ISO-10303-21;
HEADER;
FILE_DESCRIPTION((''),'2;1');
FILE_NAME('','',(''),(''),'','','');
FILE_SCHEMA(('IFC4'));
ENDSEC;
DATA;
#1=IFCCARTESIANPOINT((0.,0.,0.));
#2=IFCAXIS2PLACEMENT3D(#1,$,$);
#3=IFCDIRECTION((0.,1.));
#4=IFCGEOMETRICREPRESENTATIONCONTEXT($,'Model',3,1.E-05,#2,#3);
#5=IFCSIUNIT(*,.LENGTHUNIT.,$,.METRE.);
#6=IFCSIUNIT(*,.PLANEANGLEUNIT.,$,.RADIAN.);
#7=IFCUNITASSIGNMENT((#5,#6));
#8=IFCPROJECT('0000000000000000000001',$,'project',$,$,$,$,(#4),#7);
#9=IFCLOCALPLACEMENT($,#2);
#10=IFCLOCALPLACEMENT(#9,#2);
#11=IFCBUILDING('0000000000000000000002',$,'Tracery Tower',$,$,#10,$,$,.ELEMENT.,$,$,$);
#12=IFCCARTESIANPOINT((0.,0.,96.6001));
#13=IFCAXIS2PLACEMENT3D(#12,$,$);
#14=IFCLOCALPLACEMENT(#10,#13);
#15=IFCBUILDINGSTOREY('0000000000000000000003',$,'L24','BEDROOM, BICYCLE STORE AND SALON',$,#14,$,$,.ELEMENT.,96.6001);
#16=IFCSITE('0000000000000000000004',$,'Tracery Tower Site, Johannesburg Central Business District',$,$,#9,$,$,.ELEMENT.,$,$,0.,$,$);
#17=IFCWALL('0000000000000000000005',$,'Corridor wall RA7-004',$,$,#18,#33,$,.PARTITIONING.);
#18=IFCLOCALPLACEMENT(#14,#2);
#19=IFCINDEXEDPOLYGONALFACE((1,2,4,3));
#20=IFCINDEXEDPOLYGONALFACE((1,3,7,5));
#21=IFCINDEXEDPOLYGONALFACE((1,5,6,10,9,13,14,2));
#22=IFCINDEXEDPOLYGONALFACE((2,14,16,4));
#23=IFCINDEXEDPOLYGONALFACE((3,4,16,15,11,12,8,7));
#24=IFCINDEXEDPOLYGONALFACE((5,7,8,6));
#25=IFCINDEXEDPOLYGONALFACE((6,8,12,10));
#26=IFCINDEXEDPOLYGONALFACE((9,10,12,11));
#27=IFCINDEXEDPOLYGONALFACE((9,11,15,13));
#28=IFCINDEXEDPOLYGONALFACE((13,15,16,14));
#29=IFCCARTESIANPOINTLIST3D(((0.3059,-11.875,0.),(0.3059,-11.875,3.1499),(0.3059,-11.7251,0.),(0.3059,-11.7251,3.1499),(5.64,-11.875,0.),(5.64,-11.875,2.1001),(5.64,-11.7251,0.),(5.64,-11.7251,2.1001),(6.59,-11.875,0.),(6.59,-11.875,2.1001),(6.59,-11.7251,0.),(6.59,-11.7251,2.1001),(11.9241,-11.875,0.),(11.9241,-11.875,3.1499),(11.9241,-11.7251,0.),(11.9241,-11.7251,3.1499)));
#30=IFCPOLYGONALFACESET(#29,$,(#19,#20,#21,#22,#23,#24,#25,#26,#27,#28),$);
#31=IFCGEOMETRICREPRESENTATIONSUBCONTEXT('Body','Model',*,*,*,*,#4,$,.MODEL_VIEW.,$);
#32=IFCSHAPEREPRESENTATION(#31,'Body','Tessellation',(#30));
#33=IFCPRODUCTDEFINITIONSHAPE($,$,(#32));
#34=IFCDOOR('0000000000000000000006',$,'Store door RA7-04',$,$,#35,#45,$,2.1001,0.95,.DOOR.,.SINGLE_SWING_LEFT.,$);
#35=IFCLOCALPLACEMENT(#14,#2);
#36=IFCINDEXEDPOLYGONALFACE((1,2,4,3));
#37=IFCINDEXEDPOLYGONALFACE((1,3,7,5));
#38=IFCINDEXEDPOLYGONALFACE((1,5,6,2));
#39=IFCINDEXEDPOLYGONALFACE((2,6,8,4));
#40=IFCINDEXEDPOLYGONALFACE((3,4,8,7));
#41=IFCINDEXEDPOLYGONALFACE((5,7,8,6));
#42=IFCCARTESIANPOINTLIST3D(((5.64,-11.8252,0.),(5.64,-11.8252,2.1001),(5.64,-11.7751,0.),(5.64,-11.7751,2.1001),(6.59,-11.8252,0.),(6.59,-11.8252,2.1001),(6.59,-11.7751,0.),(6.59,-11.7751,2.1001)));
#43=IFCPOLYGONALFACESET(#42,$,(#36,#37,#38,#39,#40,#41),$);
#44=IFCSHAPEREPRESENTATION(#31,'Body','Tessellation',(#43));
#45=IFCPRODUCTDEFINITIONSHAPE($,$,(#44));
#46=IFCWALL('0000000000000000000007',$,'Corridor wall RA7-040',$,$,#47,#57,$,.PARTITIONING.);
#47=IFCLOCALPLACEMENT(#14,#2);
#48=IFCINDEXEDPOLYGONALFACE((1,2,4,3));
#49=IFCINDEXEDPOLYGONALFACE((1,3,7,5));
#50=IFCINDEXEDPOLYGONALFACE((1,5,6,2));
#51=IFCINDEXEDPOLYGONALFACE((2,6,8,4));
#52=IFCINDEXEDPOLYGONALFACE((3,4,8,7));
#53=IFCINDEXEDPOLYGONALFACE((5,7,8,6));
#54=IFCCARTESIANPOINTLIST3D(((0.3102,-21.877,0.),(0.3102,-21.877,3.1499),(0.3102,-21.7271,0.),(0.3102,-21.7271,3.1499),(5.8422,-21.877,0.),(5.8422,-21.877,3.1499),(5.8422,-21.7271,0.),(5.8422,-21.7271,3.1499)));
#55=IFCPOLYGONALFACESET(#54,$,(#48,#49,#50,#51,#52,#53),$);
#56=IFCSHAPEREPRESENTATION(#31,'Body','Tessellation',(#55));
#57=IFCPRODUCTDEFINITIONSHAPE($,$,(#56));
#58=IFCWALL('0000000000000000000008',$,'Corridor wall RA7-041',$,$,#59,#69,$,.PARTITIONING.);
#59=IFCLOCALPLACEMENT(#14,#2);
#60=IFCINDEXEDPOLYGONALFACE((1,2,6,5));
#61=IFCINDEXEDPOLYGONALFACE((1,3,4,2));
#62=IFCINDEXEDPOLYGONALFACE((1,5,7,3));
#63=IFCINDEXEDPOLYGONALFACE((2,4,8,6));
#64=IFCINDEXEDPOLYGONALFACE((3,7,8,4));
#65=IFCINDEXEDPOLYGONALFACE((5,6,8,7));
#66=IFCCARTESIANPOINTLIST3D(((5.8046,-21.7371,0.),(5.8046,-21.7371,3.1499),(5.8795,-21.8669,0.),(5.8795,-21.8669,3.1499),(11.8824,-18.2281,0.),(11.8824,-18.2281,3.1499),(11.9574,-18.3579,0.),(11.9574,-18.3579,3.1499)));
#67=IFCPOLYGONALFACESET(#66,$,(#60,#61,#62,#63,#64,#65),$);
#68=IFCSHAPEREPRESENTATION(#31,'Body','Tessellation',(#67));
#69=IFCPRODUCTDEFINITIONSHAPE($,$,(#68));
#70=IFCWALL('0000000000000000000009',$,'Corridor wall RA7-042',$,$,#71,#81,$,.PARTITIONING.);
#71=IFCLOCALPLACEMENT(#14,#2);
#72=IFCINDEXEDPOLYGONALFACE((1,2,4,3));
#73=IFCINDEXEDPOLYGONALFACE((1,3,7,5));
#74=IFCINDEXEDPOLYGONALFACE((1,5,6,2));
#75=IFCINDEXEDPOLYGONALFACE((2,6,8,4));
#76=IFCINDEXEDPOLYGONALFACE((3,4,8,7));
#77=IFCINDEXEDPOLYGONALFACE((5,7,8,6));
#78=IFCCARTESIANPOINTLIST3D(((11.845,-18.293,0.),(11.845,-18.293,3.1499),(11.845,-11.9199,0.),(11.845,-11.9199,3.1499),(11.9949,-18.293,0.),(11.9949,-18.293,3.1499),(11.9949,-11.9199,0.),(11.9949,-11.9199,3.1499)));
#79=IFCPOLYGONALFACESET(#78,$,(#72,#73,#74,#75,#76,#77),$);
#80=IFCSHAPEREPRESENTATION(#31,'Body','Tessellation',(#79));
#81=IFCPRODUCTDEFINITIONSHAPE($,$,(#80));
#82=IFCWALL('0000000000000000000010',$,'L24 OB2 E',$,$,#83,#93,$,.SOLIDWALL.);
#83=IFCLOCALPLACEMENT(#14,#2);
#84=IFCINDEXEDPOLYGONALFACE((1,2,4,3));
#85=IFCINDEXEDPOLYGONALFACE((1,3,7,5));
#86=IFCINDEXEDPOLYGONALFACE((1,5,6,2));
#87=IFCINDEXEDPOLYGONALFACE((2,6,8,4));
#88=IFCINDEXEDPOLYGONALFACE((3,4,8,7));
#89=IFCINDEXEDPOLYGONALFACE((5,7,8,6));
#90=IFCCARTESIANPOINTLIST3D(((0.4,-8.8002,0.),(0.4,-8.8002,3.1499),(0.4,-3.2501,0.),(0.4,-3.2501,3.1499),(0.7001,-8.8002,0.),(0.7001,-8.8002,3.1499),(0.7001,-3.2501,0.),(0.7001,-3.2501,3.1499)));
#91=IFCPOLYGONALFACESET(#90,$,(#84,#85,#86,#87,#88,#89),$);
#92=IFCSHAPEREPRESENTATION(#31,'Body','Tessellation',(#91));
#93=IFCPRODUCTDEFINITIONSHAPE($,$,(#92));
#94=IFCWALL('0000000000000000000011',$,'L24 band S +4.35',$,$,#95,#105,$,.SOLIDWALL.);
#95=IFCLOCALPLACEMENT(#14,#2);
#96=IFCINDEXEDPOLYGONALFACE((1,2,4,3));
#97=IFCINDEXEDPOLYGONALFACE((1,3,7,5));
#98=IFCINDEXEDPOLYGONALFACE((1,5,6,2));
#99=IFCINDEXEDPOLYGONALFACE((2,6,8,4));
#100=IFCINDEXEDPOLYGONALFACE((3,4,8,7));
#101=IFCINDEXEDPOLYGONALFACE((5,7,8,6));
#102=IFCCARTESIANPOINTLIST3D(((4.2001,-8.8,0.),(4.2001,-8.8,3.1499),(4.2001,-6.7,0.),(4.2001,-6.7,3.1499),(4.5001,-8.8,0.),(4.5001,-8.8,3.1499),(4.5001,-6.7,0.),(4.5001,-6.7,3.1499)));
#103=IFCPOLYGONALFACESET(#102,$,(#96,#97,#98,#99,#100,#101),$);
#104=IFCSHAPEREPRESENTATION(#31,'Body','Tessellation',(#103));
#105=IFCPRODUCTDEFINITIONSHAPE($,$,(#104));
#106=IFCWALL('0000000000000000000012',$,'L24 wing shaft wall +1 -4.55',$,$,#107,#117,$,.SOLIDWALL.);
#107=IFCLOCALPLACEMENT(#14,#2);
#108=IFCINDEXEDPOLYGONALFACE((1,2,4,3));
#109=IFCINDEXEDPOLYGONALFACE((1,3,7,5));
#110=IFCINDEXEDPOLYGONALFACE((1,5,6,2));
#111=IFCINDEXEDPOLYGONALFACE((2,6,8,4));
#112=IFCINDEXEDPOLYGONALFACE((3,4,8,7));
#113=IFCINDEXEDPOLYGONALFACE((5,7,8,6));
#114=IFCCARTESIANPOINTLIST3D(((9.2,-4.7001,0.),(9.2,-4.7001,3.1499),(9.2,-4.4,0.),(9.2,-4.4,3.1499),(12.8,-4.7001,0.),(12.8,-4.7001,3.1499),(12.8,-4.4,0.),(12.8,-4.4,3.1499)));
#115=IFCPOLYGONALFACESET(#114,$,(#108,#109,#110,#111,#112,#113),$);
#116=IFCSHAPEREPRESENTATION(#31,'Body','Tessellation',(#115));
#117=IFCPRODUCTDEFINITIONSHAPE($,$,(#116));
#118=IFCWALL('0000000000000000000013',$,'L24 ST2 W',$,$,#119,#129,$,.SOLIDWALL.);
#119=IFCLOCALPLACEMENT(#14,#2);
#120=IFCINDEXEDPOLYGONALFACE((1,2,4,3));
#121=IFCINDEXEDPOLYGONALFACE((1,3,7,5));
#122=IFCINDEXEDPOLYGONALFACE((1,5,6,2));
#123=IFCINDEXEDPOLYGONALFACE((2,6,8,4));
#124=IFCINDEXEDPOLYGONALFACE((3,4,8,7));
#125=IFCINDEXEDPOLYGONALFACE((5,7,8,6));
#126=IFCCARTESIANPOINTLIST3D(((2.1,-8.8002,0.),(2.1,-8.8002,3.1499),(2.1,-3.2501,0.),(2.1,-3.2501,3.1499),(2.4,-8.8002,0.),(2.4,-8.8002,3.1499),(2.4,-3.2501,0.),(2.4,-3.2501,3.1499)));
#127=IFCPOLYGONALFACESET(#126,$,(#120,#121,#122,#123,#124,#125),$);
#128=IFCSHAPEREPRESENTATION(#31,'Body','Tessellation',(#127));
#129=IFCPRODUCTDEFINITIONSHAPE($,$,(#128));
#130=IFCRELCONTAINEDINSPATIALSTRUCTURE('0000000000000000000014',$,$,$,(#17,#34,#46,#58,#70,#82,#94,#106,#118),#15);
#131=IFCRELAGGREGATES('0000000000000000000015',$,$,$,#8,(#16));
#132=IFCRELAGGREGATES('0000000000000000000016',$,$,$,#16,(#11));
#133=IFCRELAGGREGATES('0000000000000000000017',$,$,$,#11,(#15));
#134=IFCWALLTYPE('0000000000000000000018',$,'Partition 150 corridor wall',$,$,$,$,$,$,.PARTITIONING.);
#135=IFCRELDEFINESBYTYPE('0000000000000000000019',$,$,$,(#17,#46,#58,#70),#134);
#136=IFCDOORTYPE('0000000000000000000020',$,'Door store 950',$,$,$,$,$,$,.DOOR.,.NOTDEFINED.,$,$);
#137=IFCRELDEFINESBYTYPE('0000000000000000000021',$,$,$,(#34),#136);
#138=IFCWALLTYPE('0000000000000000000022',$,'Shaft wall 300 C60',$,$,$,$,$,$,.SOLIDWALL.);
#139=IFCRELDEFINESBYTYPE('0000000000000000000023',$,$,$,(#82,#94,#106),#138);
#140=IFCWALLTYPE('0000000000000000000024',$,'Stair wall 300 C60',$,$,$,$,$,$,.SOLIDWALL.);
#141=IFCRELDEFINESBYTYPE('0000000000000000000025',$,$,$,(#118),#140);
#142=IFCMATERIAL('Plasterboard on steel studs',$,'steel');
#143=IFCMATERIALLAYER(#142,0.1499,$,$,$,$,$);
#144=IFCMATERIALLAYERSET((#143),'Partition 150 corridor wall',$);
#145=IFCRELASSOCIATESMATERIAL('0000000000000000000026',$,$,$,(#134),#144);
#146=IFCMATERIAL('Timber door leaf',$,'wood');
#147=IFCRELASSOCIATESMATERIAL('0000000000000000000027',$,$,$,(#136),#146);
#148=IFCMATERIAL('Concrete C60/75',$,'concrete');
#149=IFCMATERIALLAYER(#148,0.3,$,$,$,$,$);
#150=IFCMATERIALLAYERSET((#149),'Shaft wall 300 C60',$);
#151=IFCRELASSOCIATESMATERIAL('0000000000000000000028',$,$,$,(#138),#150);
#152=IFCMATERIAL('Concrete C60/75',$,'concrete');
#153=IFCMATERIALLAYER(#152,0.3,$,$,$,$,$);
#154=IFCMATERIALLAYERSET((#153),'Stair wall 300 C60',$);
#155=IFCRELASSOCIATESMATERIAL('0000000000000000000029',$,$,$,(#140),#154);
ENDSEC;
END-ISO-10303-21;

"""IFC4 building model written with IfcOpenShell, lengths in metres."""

from ifc_helpers import new_model, si_unit, direction, frame, frame_2d, origin, place, context, subcontext, project, spatial, rectangle, extrude, material, layer, layer_set, type_object, element, fill, save


model = new_model("IFC4")

# Units and contexts
model_context = context("Model", 3, precision=1e-05, world=origin(), true_north=direction((0.0, 1.0)))
body_context = subcontext(model_context, "Body", "Model", "MODEL_VIEW")
ifc_project = project(units=[si_unit("LENGTHUNIT", "METRE"), si_unit("PLANEANGLEUNIT", "RADIAN")], contexts=[model_context])

# Site, building, storey
site_placement = place(None, origin())
site = spatial("IfcSite", under=ifc_project, at=site_placement, Name="Tracery Tower Site, Johannesburg Central Business District", CompositionType="ELEMENT", RefElevation=0.0)
building_placement = place(site_placement, origin())
building = spatial("IfcBuilding", under=site, at=building_placement, Name="Tracery Tower", CompositionType="ELEMENT")
storey_placement = place(building_placement, frame((0.0, 0.0, 96.6001)))
storey = spatial("IfcBuildingStorey", under=building, at=storey_placement, Name="L24", Description="BEDROOM, BICYCLE STORE AND SALON", CompositionType="ELEMENT", Elevation=96.6001)

# Wall, opening, door
ifc_material_1 = material(Name="Plasterboard on steel studs", Category="steel")
ifc_layer_1 = layer(ifc_material_1, 0.1499)
ifc_layer_set_1 = layer_set([ifc_layer_1], Name="Partition 150 corridor wall")
wall_type_1 = type_object("IfcWallType", Name="Partition 150 corridor wall", PredefinedType="PARTITIONING", material=ifc_layer_set_1)
wall_1_placement = place(storey_placement, frame((0.3059, -11.8, 0.0), z_axis=(0.0, 0.0, 1.0), x_axis=(1.0, 0.0, 0.0)))
wall_1 = element("IfcWall", 1, at=wall_1_placement, inside=storey, type_object=wall_type_1, Name="Corridor wall RA7-004", PredefinedType="PARTITIONING", context=body_context, shape_type="SweptSolid", body=[
    extrude(rectangle(XDim=11.6182, YDim=0.1499, at=frame_2d((5.8091, 0.0))), origin(), (0.0, 0.0, 1.0), 3.1499),
])
opening_1_placement = place(wall_1_placement, frame((5.334, 0.0, 0.0)))
opening_1 = element("IfcOpeningElement", 2, at=opening_1_placement, cuts=wall_1, PredefinedType="OPENING", context=body_context, shape_type="SweptSolid", body=[
    extrude(rectangle(XDim=0.95, YDim=2.1001, at=frame_2d((0.4751, 1.05))), frame((0.0, 0.075, 0.0), z_axis=(0.0, -1.0, 0.0), x_axis=(1.0, 0.0, 0.0)), (0.0, 0.0, 1.0), 0.1499),
])
ifc_material_2 = material(Name="Timber door leaf", Category="wood")
door_type_1 = type_object("IfcDoorType", Name="Door store 950", OperationType="NOTDEFINED", PredefinedType="DOOR", material=ifc_material_2)
door_1_placement = place(opening_1_placement, origin())
door_1 = element("IfcDoor", 3, at=door_1_placement, inside=storey, type_object=door_type_1, Name="Store door RA7-04", OperationType="SINGLE_SWING_LEFT", OverallHeight=2.1001, OverallWidth=0.95, PredefinedType="DOOR", context=body_context, shape_type="SweptSolid", body=[
    extrude(rectangle(XDim=0.95, YDim=2.1001, at=frame_2d((0.4751, 1.05))), frame((0.0, 0.0249, 0.0), z_axis=(0.0, -1.0, 0.0), x_axis=(1.0, 0.0, 0.0)), (0.0, 0.0, 1.0), 0.05),
])
fill(opening_1, door_1)

# Walls
wall_2_placement = place(storey_placement, frame((0.3101, -21.802, 0.0), z_axis=(0.0, 0.0, 1.0), x_axis=(1.0, 0.0, 0.0)))
element("IfcWall", 4, at=wall_2_placement, inside=storey, type_object=wall_type_1, Name="Corridor wall RA7-040", PredefinedType="PARTITIONING", context=body_context, shape_type="SweptSolid", body=[
    extrude(rectangle(XDim=5.532, YDim=0.1499, at=frame_2d((2.7661, 0.0))), origin(), (0.0, 0.0, 1.0), 3.1499),
])
wall_3_placement = place(storey_placement, frame((5.842, -21.802, 0.0), z_axis=(0.0, 0.0, 1.0), x_axis=(0.866027, 0.499996, 0.0)))
element("IfcWall", 5, at=wall_3_placement, inside=storey, type_object=wall_type_1, Name="Corridor wall RA7-041", PredefinedType="PARTITIONING", context=body_context, shape_type="SweptSolid", body=[
    extrude(rectangle(XDim=7.0181, YDim=0.1499, at=frame_2d((3.509, 0.0))), origin(), (0.0, 0.0, 1.0), 3.1499),
])
wall_4_placement = place(storey_placement, frame((11.9199, -18.293, 0.0), z_axis=(0.0, 0.0, 1.0), x_axis=(0.0, 1.0, 0.0)))
element("IfcWall", 6, at=wall_4_placement, inside=storey, type_object=wall_type_1, Name="Corridor wall RA7-042", PredefinedType="PARTITIONING", context=body_context, shape_type="SweptSolid", body=[
    extrude(rectangle(XDim=6.373, YDim=0.1499, at=frame_2d((3.1865, 0.0))), origin(), (0.0, 0.0, 1.0), 3.1499),
])
ifc_material_3 = material(Name="Concrete C60/75", Category="concrete")
ifc_layer_2 = layer(ifc_material_3, 0.3)
ifc_layer_set_2 = layer_set([ifc_layer_2], Name="Shaft wall 300 C60")
wall_type_2 = type_object("IfcWallType", Name="Shaft wall 300 C60", PredefinedType="SOLIDWALL", material=ifc_layer_set_2)
wall_5_placement = place(storey_placement, frame((0.55, -8.8, 0.0), z_axis=(0.0, 0.0, 1.0), x_axis=(0.0, 1.0, 0.0)))
element("IfcWall", 7, at=wall_5_placement, inside=storey, type_object=wall_type_2, Name="L24 OB2 E", PredefinedType="SOLIDWALL", context=body_context, shape_type="SweptSolid", body=[
    extrude(rectangle(XDim=5.55, YDim=0.3, at=frame_2d((2.7749, 0.0))), origin(), (0.0, 0.0, 1.0), 3.1499),
])
wall_6_placement = place(storey_placement, frame((4.3501, -8.8, 0.0), z_axis=(0.0, 0.0, 1.0), x_axis=(0.0, 1.0, 0.0)))
element("IfcWall", 8, at=wall_6_placement, inside=storey, type_object=wall_type_2, Name="L24 band S +4.35", PredefinedType="SOLIDWALL", context=body_context, shape_type="SweptSolid", body=[
    extrude(rectangle(XDim=2.1001, YDim=0.3, at=frame_2d((1.05, 0.0))), origin(), (0.0, 0.0, 1.0), 3.1499),
])
wall_7_placement = place(storey_placement, frame((9.2, -4.55, 0.0), z_axis=(0.0, 0.0, 1.0), x_axis=(1.0, 0.0, 0.0)))
element("IfcWall", 9, at=wall_7_placement, inside=storey, type_object=wall_type_2, Name="L24 wing shaft wall +1 -4.55", PredefinedType="SOLIDWALL", context=body_context, shape_type="SweptSolid", body=[
    extrude(rectangle(XDim=3.6001, YDim=0.3, at=frame_2d((1.8, 0.0))), origin(), (0.0, 0.0, 1.0), 3.1499),
])

# Shared definitions
ifc_material_4 = material(Name="Concrete C60/75", Category="concrete")
ifc_layer_3 = layer(ifc_material_4, 0.3)
ifc_layer_set_3 = layer_set([ifc_layer_3], Name="Stair wall 300 C60")
wall_type_3 = type_object("IfcWallType", Name="Stair wall 300 C60", PredefinedType="SOLIDWALL", material=ifc_layer_set_3)

# Wall
wall_8_placement = place(storey_placement, frame((2.25, -8.8, 0.0), z_axis=(0.0, 0.0, 1.0), x_axis=(0.0, 1.0, 0.0)))
element("IfcWall", 10, at=wall_8_placement, inside=storey, type_object=wall_type_3, Name="L24 ST2 W", PredefinedType="SOLIDWALL", context=body_context, shape_type="SweptSolid", body=[
    extrude(rectangle(XDim=5.55, YDim=0.3, at=frame_2d((2.7749, 0.0))), origin(), (0.0, 0.0, 1.0), 3.1499),
])

save(model, "model.ifc")
